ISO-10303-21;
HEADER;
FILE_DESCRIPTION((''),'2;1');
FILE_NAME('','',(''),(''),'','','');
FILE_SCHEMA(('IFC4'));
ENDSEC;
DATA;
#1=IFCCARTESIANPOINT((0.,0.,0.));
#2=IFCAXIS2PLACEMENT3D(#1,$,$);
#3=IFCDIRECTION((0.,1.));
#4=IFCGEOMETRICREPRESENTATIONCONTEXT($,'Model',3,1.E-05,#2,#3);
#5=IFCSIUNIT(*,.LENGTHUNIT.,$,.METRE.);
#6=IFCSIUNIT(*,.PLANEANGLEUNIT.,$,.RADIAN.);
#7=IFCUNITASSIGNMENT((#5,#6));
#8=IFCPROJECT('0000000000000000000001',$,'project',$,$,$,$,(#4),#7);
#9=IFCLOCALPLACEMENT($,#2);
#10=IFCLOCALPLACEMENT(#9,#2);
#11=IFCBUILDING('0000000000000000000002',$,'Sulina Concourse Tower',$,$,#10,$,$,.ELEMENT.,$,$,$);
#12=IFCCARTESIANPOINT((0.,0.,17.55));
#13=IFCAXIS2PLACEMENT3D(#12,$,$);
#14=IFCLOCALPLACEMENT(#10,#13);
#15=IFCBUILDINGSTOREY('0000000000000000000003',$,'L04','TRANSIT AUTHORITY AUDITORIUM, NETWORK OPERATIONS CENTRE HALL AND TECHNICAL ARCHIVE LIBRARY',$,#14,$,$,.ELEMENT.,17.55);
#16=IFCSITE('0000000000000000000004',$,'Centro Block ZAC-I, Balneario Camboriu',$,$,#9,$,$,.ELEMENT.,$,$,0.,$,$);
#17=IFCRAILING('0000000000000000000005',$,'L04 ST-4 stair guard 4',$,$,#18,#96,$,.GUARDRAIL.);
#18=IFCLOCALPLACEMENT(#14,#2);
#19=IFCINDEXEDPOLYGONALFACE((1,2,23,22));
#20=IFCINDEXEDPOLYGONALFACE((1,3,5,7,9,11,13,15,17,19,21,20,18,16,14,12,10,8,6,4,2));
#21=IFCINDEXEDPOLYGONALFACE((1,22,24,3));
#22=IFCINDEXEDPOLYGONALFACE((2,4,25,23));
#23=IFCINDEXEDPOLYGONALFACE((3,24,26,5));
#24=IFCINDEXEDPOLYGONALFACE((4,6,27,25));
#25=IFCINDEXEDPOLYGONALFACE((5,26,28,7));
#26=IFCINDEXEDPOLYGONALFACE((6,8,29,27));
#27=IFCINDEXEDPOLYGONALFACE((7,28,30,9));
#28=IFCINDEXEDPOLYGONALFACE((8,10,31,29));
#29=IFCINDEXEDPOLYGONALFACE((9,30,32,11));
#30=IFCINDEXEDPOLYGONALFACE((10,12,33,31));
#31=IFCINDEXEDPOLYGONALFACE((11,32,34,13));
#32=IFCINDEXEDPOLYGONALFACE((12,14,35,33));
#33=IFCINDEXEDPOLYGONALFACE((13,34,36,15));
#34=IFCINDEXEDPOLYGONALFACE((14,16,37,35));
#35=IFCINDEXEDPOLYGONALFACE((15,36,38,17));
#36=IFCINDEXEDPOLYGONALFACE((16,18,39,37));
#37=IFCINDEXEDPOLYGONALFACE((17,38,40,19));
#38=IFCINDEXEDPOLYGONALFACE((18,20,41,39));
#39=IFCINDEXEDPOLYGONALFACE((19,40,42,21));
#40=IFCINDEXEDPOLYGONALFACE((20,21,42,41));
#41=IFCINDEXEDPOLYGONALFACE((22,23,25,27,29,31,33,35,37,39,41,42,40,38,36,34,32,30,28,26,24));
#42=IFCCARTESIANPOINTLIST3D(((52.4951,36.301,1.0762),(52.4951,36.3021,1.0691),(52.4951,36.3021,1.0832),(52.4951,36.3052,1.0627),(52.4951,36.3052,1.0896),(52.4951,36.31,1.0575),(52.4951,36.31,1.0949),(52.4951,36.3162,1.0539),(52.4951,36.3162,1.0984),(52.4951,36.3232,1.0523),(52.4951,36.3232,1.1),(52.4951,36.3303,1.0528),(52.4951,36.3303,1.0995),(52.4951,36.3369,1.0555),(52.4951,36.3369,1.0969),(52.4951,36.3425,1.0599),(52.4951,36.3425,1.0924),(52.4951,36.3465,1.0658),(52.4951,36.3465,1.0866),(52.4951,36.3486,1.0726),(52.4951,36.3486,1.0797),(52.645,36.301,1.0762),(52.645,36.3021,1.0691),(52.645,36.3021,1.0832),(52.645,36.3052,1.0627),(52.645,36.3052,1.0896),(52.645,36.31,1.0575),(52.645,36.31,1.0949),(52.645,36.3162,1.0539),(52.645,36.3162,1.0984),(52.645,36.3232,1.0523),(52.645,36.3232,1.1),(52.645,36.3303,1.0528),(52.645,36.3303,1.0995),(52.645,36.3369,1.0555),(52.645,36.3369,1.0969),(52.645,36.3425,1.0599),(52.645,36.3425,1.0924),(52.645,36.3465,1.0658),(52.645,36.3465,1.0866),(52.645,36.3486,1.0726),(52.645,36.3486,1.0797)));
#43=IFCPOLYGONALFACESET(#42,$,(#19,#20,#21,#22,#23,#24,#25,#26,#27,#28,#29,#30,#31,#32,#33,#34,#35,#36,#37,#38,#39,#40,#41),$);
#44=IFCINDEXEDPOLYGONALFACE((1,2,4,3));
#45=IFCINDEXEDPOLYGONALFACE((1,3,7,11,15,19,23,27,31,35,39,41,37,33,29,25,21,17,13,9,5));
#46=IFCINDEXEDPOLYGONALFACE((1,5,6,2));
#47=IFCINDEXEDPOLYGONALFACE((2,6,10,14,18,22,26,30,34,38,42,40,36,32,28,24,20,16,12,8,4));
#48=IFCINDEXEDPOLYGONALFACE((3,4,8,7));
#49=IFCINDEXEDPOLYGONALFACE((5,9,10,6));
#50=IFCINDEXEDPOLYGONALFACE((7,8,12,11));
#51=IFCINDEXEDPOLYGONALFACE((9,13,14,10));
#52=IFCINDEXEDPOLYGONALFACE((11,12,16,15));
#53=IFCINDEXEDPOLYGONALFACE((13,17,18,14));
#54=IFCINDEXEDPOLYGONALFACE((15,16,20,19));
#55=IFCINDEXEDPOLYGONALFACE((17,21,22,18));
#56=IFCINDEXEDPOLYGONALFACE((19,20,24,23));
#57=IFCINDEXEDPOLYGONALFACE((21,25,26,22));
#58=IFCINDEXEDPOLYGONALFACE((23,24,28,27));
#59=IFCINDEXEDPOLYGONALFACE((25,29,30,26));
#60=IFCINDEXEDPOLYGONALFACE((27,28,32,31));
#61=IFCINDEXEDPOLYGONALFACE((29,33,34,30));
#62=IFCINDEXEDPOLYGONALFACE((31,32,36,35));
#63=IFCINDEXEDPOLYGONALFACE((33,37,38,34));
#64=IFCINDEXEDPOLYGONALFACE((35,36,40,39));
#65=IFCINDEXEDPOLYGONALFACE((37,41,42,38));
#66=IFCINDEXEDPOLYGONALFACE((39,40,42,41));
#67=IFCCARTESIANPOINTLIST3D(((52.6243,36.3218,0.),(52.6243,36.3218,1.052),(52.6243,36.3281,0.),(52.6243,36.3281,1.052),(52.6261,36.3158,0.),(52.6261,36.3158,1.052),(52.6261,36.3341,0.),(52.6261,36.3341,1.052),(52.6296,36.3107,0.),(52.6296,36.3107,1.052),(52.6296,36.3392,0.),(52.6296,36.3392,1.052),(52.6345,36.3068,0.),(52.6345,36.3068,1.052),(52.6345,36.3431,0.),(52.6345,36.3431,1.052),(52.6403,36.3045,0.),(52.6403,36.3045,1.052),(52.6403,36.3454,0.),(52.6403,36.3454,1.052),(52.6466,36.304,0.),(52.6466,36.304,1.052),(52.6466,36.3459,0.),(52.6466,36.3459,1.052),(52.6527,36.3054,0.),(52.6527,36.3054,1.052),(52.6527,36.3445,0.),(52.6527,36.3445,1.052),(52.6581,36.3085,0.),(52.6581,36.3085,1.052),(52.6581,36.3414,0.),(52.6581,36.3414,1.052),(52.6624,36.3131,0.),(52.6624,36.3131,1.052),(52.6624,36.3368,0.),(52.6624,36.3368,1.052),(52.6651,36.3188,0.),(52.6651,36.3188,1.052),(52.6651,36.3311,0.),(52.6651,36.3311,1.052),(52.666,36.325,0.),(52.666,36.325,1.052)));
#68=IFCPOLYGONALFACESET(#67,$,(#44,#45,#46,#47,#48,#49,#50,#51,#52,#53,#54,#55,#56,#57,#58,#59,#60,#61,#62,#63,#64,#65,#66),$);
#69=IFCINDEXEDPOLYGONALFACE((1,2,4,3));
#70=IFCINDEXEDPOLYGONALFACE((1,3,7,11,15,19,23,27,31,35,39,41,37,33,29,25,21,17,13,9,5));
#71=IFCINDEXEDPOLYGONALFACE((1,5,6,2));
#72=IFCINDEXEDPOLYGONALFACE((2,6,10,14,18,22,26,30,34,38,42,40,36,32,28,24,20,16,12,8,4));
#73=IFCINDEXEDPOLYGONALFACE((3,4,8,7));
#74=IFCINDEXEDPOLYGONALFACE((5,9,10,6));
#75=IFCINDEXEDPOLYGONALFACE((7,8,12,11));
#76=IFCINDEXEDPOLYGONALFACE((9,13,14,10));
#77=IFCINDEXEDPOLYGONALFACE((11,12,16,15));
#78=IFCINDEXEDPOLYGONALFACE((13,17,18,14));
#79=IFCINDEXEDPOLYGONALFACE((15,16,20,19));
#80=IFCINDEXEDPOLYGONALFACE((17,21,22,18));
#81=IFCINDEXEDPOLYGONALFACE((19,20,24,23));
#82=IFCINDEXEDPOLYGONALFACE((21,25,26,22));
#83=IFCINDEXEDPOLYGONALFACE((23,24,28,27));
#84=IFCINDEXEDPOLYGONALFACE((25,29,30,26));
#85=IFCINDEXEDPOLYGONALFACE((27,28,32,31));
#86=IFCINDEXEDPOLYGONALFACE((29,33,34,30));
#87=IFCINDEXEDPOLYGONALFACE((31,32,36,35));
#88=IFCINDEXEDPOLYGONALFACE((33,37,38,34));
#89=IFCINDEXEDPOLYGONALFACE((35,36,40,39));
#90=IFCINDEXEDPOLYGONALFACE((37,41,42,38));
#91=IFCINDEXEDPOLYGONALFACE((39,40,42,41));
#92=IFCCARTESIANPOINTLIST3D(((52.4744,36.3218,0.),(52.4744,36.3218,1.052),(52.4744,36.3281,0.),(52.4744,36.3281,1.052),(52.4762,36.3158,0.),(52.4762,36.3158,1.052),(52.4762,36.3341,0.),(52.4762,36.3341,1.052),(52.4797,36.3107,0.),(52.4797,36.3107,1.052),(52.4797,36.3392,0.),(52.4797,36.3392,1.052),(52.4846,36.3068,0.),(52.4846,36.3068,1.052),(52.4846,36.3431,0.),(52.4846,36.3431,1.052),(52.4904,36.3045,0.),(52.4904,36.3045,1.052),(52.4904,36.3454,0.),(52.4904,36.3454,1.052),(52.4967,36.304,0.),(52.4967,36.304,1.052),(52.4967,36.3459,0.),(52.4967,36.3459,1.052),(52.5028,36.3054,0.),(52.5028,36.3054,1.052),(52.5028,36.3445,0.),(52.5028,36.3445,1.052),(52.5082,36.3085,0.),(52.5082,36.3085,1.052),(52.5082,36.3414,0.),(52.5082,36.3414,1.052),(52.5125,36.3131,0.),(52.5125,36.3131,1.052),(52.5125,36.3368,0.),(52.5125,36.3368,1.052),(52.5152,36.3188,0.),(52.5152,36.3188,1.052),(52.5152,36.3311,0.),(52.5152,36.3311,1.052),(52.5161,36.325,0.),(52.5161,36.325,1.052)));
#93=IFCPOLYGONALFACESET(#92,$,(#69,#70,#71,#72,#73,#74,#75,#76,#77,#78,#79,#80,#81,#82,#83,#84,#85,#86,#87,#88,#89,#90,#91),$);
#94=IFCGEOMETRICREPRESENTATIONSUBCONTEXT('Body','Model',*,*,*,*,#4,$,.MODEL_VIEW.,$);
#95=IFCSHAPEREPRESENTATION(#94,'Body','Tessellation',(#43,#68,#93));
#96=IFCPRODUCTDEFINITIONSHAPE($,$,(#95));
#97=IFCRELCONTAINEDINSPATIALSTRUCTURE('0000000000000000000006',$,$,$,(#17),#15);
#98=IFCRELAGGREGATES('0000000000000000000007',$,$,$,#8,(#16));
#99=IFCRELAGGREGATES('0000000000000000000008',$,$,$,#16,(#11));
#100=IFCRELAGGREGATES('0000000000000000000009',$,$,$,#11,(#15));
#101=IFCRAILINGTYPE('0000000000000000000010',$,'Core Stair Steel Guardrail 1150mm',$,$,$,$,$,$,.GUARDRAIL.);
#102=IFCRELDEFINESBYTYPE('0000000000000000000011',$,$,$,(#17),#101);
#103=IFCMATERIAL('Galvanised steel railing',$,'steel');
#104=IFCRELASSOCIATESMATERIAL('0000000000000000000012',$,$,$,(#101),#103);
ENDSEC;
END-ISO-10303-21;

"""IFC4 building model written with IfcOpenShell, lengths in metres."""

from ifc_helpers import new_model, si_unit, direction, frame, origin, origin_2d, place, context, subcontext, project, spatial, circle, extrude, material, type_object, element, save


model = new_model("IFC4")

# Units and contexts
model_context = context("Model", 3, precision=1e-05, world=origin(), true_north=direction((0.0, 1.0)))
body_context = subcontext(model_context, "Body", "Model", "MODEL_VIEW")
ifc_project = project(units=[si_unit("LENGTHUNIT", "METRE"), si_unit("PLANEANGLEUNIT", "RADIAN")], contexts=[model_context])

# Site, building, storey
site_placement = place(None, origin())
site = spatial("IfcSite", under=ifc_project, at=site_placement, Name="Centro Block ZAC-I, Balneario Camboriu", CompositionType="ELEMENT", RefElevation=0.0)
building_placement = place(site_placement, origin())
building = spatial("IfcBuilding", under=site, at=building_placement, Name="Sulina Concourse Tower", CompositionType="ELEMENT")
storey_placement = place(building_placement, frame((0.0, 0.0, 17.55)))
storey = spatial("IfcBuildingStorey", under=building, at=storey_placement, Name="L04", Description="TRANSIT AUTHORITY AUDITORIUM, NETWORK OPERATIONS CENTRE HALL AND TECHNICAL ARCHIVE LIBRARY", CompositionType="ELEMENT", Elevation=17.55)

# Railing
ifc_material_1 = material(Name="Galvanised steel railing", Category="steel")
railing_type_1 = type_object("IfcRailingType", Name="Core Stair Steel Guardrail 1150mm", PredefinedType="GUARDRAIL", material=ifc_material_1)
railing_1_placement = place(storey_placement, frame((52.645, 36.325, 0.0)))
element("IfcRailing", 1, at=railing_1_placement, inside=storey, type_object=railing_type_1, Name="L04 ST-4 stair guard 4", PredefinedType="GUARDRAIL", context=body_context, shape_type="SweptSolid", body=[
    extrude(circle(Radius=0.0239, at=origin_2d()), frame((0.0, 0.0, 1.0762), z_axis=(-1.0, 0.0, 0.0), x_axis=(0.0, -1.0, 0.0)), (0.0, 0.0, 1.0), 0.1499),
    extrude(circle(Radius=0.021, at=origin_2d()), origin(), (0.0, 0.0, 1.0), 1.052),
    extrude(circle(Radius=0.021, at=origin_2d()), frame((-0.1499, 0.0, 0.0)), (0.0, 0.0, 1.0), 1.052),
])

save(model, "model.ifc")
